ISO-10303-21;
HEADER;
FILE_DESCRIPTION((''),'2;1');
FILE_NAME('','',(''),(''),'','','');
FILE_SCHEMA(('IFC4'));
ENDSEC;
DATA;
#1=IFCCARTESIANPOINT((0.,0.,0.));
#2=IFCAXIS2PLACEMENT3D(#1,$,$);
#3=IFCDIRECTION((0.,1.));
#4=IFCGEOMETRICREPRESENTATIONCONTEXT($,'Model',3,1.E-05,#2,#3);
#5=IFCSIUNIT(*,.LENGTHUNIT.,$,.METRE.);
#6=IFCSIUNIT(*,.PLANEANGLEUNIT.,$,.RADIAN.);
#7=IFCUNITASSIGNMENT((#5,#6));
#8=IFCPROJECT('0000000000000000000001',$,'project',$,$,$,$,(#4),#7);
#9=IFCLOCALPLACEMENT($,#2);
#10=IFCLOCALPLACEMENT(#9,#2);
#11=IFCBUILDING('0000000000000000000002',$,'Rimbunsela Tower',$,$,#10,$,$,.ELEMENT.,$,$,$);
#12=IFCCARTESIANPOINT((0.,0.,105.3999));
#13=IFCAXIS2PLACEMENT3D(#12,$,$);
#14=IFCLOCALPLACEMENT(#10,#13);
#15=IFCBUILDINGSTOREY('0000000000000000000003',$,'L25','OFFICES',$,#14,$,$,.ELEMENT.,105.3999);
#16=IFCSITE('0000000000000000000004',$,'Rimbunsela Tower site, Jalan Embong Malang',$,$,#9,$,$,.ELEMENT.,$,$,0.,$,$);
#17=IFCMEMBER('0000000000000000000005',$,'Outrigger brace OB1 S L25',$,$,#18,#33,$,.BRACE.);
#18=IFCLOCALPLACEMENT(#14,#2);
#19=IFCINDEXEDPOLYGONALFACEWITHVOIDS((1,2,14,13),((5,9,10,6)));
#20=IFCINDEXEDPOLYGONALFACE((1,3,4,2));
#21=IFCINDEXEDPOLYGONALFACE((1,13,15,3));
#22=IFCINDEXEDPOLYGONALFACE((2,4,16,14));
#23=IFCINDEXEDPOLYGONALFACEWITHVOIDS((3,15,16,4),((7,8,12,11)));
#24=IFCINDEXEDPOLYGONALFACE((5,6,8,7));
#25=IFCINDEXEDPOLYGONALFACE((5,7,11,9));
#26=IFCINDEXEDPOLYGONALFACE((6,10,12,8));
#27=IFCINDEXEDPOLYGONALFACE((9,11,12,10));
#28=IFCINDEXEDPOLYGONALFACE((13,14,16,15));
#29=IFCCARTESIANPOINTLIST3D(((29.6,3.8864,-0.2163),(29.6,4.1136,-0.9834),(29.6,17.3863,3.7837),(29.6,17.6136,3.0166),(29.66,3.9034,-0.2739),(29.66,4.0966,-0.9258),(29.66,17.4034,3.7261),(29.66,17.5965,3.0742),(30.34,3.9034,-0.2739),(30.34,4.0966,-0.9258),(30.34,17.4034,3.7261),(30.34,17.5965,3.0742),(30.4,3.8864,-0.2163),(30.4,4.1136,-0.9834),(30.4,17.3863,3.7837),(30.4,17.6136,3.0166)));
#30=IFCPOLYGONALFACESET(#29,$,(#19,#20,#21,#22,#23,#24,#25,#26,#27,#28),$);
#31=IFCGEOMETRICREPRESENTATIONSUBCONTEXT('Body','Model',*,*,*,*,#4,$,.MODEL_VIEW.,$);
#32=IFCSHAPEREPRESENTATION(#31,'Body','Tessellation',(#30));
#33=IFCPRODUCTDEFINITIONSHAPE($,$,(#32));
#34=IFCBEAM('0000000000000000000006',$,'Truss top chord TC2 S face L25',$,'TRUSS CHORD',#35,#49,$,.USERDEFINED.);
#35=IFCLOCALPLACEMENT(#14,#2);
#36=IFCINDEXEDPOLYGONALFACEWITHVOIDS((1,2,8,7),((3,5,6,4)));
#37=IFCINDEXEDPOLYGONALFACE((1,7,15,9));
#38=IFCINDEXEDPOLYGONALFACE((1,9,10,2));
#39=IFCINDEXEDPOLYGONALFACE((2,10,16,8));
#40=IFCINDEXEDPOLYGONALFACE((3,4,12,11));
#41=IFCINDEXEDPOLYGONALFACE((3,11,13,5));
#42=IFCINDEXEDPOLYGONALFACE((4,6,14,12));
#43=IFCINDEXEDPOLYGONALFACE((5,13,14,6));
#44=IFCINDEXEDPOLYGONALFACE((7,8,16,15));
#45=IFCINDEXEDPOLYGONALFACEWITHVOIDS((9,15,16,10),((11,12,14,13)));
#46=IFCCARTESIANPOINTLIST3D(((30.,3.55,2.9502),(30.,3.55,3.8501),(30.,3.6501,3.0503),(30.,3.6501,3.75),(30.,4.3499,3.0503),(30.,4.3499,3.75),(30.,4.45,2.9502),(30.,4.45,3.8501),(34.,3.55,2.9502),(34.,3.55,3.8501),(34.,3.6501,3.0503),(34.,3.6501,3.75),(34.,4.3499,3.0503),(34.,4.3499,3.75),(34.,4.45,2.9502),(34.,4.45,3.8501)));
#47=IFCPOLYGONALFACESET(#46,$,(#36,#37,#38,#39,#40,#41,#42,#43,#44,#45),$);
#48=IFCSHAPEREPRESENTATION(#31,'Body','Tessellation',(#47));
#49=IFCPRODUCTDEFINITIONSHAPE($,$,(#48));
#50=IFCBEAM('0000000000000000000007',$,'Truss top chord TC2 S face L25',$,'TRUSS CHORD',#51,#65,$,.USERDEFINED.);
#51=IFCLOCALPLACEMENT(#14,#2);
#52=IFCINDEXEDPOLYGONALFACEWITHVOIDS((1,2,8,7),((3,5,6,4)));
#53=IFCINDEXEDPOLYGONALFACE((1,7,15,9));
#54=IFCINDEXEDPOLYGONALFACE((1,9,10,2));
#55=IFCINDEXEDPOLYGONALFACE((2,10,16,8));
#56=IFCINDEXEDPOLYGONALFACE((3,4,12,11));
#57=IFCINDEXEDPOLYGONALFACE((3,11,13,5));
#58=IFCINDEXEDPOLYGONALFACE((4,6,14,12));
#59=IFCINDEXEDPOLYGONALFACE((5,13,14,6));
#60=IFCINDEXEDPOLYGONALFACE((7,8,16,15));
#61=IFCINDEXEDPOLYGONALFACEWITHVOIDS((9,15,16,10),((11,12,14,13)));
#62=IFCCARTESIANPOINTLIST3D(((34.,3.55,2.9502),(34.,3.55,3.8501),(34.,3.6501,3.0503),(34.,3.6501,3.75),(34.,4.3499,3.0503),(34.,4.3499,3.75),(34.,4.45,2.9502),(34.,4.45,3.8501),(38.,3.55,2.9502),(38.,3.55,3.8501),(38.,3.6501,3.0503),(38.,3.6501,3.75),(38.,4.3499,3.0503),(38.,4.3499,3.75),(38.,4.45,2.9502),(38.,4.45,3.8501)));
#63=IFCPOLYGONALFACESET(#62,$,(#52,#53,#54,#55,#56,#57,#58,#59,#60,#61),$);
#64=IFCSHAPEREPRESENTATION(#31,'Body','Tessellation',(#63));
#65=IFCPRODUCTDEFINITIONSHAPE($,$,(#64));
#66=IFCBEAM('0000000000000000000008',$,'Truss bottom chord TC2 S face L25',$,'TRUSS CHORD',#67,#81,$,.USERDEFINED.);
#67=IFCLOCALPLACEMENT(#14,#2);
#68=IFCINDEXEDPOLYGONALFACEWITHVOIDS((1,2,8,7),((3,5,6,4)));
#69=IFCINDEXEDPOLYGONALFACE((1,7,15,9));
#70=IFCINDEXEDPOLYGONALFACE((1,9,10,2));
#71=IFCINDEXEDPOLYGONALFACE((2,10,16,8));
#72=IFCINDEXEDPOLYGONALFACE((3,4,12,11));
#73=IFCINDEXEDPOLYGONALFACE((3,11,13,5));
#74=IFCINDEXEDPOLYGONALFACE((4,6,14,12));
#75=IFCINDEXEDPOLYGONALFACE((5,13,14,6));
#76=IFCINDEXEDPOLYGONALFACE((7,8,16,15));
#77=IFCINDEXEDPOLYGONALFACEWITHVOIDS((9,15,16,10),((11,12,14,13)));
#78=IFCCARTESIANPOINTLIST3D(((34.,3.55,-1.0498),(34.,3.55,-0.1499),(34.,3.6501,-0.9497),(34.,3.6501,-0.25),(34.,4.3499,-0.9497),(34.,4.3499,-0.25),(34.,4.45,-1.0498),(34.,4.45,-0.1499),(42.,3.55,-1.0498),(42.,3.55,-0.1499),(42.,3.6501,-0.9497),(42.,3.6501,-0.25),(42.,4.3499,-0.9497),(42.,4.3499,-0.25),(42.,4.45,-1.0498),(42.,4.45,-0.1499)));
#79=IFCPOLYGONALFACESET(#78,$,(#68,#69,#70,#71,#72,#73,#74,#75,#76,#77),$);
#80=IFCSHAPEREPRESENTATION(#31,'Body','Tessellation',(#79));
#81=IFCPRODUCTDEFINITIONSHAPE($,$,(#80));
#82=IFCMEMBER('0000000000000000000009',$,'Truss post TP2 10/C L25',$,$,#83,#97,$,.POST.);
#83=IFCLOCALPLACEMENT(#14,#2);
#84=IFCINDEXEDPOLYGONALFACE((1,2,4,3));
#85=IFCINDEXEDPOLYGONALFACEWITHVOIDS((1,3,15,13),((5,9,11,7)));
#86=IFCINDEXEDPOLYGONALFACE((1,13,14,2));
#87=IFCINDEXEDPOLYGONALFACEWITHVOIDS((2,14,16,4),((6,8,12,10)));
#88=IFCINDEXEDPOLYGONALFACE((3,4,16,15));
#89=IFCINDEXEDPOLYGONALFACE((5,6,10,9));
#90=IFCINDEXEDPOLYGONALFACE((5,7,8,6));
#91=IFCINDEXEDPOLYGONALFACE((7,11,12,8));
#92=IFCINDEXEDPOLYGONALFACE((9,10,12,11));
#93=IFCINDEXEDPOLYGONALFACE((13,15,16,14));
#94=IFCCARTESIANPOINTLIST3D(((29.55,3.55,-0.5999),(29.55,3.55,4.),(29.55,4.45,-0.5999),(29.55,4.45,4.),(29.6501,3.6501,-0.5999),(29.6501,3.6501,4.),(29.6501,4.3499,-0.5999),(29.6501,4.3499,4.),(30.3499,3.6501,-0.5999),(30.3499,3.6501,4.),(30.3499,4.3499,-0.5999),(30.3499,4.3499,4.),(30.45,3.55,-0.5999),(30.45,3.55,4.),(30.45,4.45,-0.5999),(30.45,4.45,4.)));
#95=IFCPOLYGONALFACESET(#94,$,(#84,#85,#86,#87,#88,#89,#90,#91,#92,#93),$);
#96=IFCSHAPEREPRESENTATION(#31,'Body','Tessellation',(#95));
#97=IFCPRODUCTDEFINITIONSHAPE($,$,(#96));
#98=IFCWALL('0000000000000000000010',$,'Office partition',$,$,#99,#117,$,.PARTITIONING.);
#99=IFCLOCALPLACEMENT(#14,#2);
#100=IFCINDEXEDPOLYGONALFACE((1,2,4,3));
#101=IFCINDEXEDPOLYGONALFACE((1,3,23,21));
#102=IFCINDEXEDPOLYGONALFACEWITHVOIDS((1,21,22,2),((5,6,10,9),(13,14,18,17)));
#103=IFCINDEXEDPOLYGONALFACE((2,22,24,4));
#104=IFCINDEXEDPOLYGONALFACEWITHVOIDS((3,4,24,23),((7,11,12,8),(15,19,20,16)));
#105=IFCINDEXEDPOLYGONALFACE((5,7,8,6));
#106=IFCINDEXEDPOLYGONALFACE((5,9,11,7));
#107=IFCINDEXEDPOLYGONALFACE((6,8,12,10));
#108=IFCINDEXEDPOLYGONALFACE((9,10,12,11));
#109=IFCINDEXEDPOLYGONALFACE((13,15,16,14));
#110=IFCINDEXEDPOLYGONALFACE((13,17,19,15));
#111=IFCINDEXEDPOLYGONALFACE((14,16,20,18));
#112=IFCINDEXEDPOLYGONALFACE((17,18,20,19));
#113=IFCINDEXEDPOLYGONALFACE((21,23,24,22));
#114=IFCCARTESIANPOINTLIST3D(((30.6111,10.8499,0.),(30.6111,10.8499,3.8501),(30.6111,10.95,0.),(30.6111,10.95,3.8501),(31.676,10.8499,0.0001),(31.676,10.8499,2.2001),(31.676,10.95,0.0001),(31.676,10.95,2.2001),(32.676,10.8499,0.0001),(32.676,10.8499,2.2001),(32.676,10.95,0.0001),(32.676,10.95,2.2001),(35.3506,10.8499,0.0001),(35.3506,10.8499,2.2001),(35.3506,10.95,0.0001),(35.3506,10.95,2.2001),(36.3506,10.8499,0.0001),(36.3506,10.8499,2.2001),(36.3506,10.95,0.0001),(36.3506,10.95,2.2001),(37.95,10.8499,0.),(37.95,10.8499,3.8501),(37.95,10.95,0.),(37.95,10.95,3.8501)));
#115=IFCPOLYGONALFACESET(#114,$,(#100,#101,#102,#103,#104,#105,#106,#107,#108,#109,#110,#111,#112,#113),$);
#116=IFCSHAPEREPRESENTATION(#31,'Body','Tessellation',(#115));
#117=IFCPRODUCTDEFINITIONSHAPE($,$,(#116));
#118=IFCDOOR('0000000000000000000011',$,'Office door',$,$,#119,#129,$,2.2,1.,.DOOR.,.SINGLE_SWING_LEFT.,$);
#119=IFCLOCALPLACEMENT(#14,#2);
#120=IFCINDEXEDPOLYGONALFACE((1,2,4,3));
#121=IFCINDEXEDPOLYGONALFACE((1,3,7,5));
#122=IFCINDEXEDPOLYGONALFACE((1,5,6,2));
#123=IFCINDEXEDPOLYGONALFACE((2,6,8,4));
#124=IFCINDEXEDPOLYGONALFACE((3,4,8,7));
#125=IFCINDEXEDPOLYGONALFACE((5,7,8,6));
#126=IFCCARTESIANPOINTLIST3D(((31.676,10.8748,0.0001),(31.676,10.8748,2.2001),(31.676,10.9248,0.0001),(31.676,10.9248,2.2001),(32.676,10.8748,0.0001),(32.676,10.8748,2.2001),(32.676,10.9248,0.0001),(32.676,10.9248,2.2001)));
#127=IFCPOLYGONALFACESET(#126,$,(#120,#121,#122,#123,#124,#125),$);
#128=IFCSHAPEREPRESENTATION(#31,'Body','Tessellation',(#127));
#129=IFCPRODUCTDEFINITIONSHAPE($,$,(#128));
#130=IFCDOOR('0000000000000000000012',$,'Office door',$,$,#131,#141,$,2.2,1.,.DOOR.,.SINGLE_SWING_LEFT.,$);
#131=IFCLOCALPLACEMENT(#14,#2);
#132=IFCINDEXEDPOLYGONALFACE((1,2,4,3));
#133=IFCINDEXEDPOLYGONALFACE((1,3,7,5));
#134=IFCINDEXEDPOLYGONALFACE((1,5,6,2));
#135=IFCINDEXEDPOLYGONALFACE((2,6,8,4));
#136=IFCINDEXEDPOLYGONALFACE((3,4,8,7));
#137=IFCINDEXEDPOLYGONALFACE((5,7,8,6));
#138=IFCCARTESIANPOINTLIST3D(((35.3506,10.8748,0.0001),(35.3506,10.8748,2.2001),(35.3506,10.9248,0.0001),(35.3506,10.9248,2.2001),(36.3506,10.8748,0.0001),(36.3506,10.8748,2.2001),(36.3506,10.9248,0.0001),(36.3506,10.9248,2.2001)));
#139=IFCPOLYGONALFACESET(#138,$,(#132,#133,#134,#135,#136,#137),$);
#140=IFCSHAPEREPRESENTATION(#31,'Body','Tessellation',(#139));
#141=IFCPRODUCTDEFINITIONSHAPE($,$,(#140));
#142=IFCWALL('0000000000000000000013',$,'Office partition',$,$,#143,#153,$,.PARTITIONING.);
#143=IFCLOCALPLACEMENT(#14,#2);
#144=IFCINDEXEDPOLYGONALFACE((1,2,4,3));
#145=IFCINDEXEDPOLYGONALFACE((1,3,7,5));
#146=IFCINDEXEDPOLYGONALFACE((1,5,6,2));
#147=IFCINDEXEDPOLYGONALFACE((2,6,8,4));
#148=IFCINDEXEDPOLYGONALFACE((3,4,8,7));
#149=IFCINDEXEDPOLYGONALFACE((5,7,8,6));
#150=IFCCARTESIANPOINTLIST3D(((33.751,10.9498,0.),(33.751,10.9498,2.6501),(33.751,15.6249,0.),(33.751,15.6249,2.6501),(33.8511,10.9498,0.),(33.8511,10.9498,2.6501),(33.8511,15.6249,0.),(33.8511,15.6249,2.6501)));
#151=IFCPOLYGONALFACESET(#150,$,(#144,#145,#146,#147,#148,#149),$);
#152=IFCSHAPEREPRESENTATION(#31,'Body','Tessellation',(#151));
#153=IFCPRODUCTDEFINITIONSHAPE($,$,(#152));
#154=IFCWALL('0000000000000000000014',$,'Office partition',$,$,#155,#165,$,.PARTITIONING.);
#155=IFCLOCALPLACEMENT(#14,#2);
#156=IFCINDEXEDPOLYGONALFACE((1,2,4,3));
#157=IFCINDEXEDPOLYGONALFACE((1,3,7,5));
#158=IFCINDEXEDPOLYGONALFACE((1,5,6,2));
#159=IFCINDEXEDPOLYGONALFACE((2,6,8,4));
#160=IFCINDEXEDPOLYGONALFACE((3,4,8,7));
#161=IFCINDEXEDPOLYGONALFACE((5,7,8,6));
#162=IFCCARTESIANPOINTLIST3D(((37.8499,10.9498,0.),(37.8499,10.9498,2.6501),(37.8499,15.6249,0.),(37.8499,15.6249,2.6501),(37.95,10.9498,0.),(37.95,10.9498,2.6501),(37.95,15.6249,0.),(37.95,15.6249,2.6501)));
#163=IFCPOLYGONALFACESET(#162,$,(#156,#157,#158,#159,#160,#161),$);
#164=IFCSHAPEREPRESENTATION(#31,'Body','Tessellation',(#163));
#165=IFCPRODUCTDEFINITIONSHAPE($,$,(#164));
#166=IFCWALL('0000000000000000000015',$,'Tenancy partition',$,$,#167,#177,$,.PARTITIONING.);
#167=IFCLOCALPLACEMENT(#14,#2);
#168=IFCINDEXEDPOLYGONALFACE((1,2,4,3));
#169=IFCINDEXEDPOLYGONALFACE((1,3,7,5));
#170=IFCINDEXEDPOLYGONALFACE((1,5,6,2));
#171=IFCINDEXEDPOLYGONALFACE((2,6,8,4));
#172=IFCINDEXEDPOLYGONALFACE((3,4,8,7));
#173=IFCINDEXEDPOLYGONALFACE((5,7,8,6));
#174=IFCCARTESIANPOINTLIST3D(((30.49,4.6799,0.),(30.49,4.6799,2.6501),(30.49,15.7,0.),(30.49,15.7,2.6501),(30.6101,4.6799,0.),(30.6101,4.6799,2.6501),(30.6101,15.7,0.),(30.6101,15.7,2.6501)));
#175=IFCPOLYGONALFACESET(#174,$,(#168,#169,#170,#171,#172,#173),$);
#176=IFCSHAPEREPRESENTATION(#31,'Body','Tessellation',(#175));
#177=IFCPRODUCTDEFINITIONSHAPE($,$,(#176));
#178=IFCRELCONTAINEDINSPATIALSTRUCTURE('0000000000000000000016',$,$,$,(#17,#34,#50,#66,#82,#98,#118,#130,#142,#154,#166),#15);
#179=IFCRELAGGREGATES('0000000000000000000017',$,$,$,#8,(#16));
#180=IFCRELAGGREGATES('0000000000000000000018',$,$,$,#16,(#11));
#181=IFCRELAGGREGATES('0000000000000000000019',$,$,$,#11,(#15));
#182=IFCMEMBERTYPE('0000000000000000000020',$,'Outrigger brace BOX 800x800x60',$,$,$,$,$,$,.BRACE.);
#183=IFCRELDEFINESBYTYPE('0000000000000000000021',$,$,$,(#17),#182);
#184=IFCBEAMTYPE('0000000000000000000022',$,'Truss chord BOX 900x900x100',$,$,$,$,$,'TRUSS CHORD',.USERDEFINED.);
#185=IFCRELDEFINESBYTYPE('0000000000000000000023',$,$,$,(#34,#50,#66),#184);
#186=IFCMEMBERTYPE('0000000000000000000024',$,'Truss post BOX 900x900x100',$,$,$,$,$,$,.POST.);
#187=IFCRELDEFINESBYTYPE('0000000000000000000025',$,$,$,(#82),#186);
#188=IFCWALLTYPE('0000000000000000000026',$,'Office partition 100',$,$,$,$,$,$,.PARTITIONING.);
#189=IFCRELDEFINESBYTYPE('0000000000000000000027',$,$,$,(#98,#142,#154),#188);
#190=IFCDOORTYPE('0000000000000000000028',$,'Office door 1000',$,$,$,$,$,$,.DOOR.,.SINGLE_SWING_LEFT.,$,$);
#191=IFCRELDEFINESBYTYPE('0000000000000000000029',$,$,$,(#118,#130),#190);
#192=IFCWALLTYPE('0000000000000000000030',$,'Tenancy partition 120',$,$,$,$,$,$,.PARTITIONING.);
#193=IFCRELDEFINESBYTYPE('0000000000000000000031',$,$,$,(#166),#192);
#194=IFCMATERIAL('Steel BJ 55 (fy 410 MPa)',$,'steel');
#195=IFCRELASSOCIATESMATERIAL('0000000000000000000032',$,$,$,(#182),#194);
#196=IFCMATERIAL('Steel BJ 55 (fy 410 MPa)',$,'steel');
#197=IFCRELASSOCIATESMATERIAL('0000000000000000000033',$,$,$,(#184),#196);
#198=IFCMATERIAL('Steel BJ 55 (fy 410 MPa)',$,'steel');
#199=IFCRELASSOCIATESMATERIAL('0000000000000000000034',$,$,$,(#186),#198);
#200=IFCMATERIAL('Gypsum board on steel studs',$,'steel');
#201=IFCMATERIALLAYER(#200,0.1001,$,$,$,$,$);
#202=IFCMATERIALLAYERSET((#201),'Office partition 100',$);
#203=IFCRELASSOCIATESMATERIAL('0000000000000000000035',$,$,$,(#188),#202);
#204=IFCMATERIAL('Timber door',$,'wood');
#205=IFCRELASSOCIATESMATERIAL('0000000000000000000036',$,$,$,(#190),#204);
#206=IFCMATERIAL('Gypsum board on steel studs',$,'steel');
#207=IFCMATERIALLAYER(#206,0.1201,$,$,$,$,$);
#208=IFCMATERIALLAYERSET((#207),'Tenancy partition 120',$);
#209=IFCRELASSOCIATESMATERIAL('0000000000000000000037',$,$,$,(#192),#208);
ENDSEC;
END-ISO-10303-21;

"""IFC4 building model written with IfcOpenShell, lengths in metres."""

from ifc_helpers import new_model, si_unit, direction, frame, frame_2d, origin, origin_2d, place, context, subcontext, project, spatial, rectangle, hollow_rectangle, extrude, material, layer, layer_set, material_profile, profile_set, type_object, element, fill, save


model = new_model("IFC4")

# Units and contexts
model_context = context("Model", 3, precision=1e-05, world=origin(), true_north=direction((0.0, 1.0)))
body_context = subcontext(model_context, "Body", "Model", "MODEL_VIEW")
ifc_project = project(units=[si_unit("LENGTHUNIT", "METRE"), si_unit("PLANEANGLEUNIT", "RADIAN")], contexts=[model_context])

# Site, building, storey
site_placement = place(None, origin())
site = spatial("IfcSite", under=ifc_project, at=site_placement, Name="Rimbunsela Tower site, Jalan Embong Malang", CompositionType="ELEMENT", RefElevation=0.0)
building_placement = place(site_placement, origin())
building = spatial("IfcBuilding", under=site, at=building_placement, Name="Rimbunsela Tower", CompositionType="ELEMENT")
storey_placement = place(building_placement, frame((0.0, 0.0, 105.3999)))
storey = spatial("IfcBuildingStorey", under=building, at=storey_placement, Name="L25", Description="OFFICES", CompositionType="ELEMENT", Elevation=105.3999)

# Member
ifc_material_1 = material(Name="Steel BJ 55 (fy 410 MPa)", Category="steel")
ifc_material_profile_1 = material_profile(ifc_material_1, hollow_rectangle(XDim=0.8, YDim=0.8, WallThickness=0.0601, at=origin_2d()), Name="BOX 800x800x60")
ifc_profile_set_1 = profile_set([ifc_material_profile_1], Name="Steel BJ 55 (fy 410 MPa)")
member_type_1 = type_object("IfcMemberType", Name="Outrigger brace BOX 800x800x60", PredefinedType="BRACE", material=ifc_profile_set_1)
member_1_placement = place(storey_placement, frame((30.0, 4.0, -0.5999), z_axis=(0.0, 0.958798, 0.284088), x_axis=(-1.0, 0.0, 0.0)))
element("IfcMember", 1, at=member_1_placement, inside=storey, type_object=member_type_1, Name="Outrigger brace OB1 S L25", PredefinedType="BRACE", context=body_context, shape_type="SweptSolid", body=[
    extrude(hollow_rectangle(XDim=0.8, YDim=0.8, WallThickness=0.0601, at=origin_2d()), origin(), (0.0, 0.0, 1.0), 14.0801),
])

# Beams
ifc_material_2 = material(Name="Steel BJ 55 (fy 410 MPa)", Category="steel")
ifc_material_profile_2 = material_profile(ifc_material_2, hollow_rectangle(XDim=0.8999, YDim=0.8999, WallThickness=0.1001, at=origin_2d()), Name="BOX 900x900x100")
ifc_profile_set_2 = profile_set([ifc_material_profile_2], Name="Steel BJ 55 (fy 410 MPa)")
beam_type_1 = type_object("IfcBeamType", Name="Truss chord BOX 900x900x100", ElementType="TRUSS CHORD", PredefinedType="USERDEFINED", material=ifc_profile_set_2)
for number, where, z_axis, x_axis, name in (
    (2, (30.0, 4.0, 3.4001), (1.0, 0.0, 0.0), (0.0, 1.0, 0.0), "Truss top chord TC2 S face L25"),
    (3, (34.0, 4.0, 3.4001), (1.0, 0.0, 0.0), (0.0, 1.0, 0.0), "Truss top chord TC2 S face L25"),
):
    element("IfcBeam", number, at=place(storey_placement, frame(where, z_axis=z_axis, x_axis=x_axis)), inside=storey, type_object=beam_type_1, Name=name, ObjectType="TRUSS CHORD", PredefinedType="USERDEFINED", context=body_context, shape_type="SweptSolid", body=[
        extrude(hollow_rectangle(XDim=0.8999, YDim=0.8999, WallThickness=0.1001, at=origin_2d()), origin(), (0.0, 0.0, 1.0), 4.0),
    ])
beam_1_placement = place(storey_placement, frame((34.0, 4.0, -0.5999), z_axis=(1.0, 0.0, 0.0), x_axis=(0.0, 1.0, 0.0)))
element("IfcBeam", 4, at=beam_1_placement, inside=storey, type_object=beam_type_1, Name="Truss bottom chord TC2 S face L25", ObjectType="TRUSS CHORD", PredefinedType="USERDEFINED", context=body_context, shape_type="SweptSolid", body=[
    extrude(hollow_rectangle(XDim=0.8999, YDim=0.8999, WallThickness=0.1001, at=origin_2d()), origin(), (0.0, 0.0, 1.0), 8.0),
])

# Member
ifc_material_3 = material(Name="Steel BJ 55 (fy 410 MPa)", Category="steel")
ifc_material_profile_3 = material_profile(ifc_material_3, hollow_rectangle(XDim=0.8999, YDim=0.8999, WallThickness=0.1001, at=origin_2d()), Name="BOX 900x900x100")
ifc_profile_set_3 = profile_set([ifc_material_profile_3], Name="Steel BJ 55 (fy 410 MPa)")
member_type_2 = type_object("IfcMemberType", Name="Truss post BOX 900x900x100", PredefinedType="POST", material=ifc_profile_set_3)
member_2_placement = place(storey_placement, frame((30.0, 4.0, -0.5999), z_axis=(0.0, 0.0, 1.0), x_axis=(1.0, 0.0, 0.0)))
element("IfcMember", 5, at=member_2_placement, inside=storey, type_object=member_type_2, Name="Truss post TP2 10/C L25", PredefinedType="POST", context=body_context, shape_type="SweptSolid", body=[
    extrude(hollow_rectangle(XDim=0.8999, YDim=0.8999, WallThickness=0.1001, at=origin_2d()), origin(), (0.0, 0.0, 1.0), 4.5999),
])

# Wall, openings, doors
ifc_material_4 = material(Name="Gypsum board on steel studs", Category="steel")
ifc_layer_1 = layer(ifc_material_4, 0.1001)
ifc_layer_set_1 = layer_set([ifc_layer_1], Name="Office partition 100")
wall_type_1 = type_object("IfcWallType", Name="Office partition 100", PredefinedType="PARTITIONING", material=ifc_layer_set_1)
wall_1_placement = place(storey_placement, frame((30.6111, 10.8999, 0.0), z_axis=(0.0, 0.0, 1.0), x_axis=(1.0, 0.0, 0.0)))
wall_1 = element("IfcWall", 6, at=wall_1_placement, inside=storey, type_object=wall_type_1, Name="Office partition", PredefinedType="PARTITIONING", context=body_context, shape_type="SweptSolid", body=[
    extrude(rectangle(XDim=7.3389, YDim=0.1001, at=frame_2d((3.6694, 0.0))), origin(), (0.0, 0.0, 1.0), 3.8501),
])
opening_1_placement = place(wall_1_placement, frame((1.0649, 0.0, 0.0)))
opening_1 = element("IfcOpeningElement", 7, at=opening_1_placement, cuts=wall_1, PredefinedType="OPENING", context=body_context, shape_type="SweptSolid", body=[
    extrude(rectangle(XDim=1.0, YDim=2.2, at=frame_2d((0.5, 1.1001))), frame((0.0, 0.0601, 0.0), z_axis=(0.0, -1.0, 0.0), x_axis=(1.0, 0.0, 0.0)), (0.0, 0.0, 1.0), 0.1201),
])
opening_2_placement = place(wall_1_placement, frame((4.7395, 0.0, 0.0)))
opening_2 = element("IfcOpeningElement", 8, at=opening_2_placement, cuts=wall_1, PredefinedType="OPENING", context=body_context, shape_type="SweptSolid", body=[
    extrude(rectangle(XDim=1.0, YDim=2.2, at=frame_2d((0.5, 1.1001))), frame((0.0, 0.0601, 0.0), z_axis=(0.0, -1.0, 0.0), x_axis=(1.0, 0.0, 0.0)), (0.0, 0.0, 1.0), 0.1201),
])
ifc_material_5 = material(Name="Timber door", Category="wood")
door_type = type_object("IfcDoorType", Name="Office door 1000", OperationType="SINGLE_SWING_LEFT", PredefinedType="DOOR", material=ifc_material_5)
door_1_placement = place(opening_1_placement, origin())
door_1 = element("IfcDoor", 9, at=door_1_placement, inside=storey, type_object=door_type, Name="Office door", OperationType="SINGLE_SWING_LEFT", OverallHeight=2.2, OverallWidth=1.0, PredefinedType="DOOR", context=body_context, shape_type="SweptSolid", body=[
    extrude(rectangle(XDim=1.0, YDim=2.2, at=frame_2d((0.5, 1.1001))), frame((0.0, 0.0249, 0.0), z_axis=(0.0, -1.0, 0.0), x_axis=(1.0, 0.0, 0.0)), (0.0, 0.0, 1.0), 0.05),
])
fill(opening_1, door_1)
door_2_placement = place(opening_2_placement, origin())
door_2 = element("IfcDoor", 10, at=door_2_placement, inside=storey, type_object=door_type, Name="Office door", OperationType="SINGLE_SWING_LEFT", OverallHeight=2.2, OverallWidth=1.0, PredefinedType="DOOR", context=body_context, shape_type="SweptSolid", body=[
    extrude(rectangle(XDim=1.0, YDim=2.2, at=frame_2d((0.5, 1.1001))), frame((0.0, 0.0249, 0.0), z_axis=(0.0, -1.0, 0.0), x_axis=(1.0, 0.0, 0.0)), (0.0, 0.0, 1.0), 0.05),
])
fill(opening_2, door_2)

# Walls
for number, where, z_axis, x_axis, name in (
    (11, (33.801, 10.95, 0.0), (0.0, 0.0, 1.0), (0.0, 1.0, 0.0), "Office partition"),
    (12, (37.8999, 10.95, 0.0), (0.0, 0.0, 1.0), (0.0, 1.0, 0.0), "Office partition"),
):
    element("IfcWall", number, at=place(storey_placement, frame(where, z_axis=z_axis, x_axis=x_axis)), inside=storey, type_object=wall_type_1, Name=name, PredefinedType="PARTITIONING", context=body_context, shape_type="SweptSolid", body=[
        extrude(rectangle(XDim=4.675, YDim=0.1001, at=frame_2d((2.3374, 0.0))), origin(), (0.0, 0.0, 1.0), 2.6501),
    ])
ifc_material_6 = material(Name="Gypsum board on steel studs", Category="steel")
ifc_layer_2 = layer(ifc_material_6, 0.1201)
ifc_layer_set_2 = layer_set([ifc_layer_2], Name="Tenancy partition 120")
wall_type_2 = type_object("IfcWallType", Name="Tenancy partition 120", PredefinedType="PARTITIONING", material=ifc_layer_set_2)
wall_2_placement = place(storey_placement, frame((30.55, 4.6799, 0.0), z_axis=(0.0, 0.0, 1.0), x_axis=(0.0, 1.0, 0.0)))
element("IfcWall", 13, at=wall_2_placement, inside=storey, type_object=wall_type_2, Name="Tenancy partition", PredefinedType="PARTITIONING", context=body_context, shape_type="SweptSolid", body=[
    extrude(rectangle(XDim=11.02, YDim=0.1201, at=frame_2d((5.51, 0.0))), origin(), (0.0, 0.0, 1.0), 2.6501),
])

save(model, "model.ifc")
